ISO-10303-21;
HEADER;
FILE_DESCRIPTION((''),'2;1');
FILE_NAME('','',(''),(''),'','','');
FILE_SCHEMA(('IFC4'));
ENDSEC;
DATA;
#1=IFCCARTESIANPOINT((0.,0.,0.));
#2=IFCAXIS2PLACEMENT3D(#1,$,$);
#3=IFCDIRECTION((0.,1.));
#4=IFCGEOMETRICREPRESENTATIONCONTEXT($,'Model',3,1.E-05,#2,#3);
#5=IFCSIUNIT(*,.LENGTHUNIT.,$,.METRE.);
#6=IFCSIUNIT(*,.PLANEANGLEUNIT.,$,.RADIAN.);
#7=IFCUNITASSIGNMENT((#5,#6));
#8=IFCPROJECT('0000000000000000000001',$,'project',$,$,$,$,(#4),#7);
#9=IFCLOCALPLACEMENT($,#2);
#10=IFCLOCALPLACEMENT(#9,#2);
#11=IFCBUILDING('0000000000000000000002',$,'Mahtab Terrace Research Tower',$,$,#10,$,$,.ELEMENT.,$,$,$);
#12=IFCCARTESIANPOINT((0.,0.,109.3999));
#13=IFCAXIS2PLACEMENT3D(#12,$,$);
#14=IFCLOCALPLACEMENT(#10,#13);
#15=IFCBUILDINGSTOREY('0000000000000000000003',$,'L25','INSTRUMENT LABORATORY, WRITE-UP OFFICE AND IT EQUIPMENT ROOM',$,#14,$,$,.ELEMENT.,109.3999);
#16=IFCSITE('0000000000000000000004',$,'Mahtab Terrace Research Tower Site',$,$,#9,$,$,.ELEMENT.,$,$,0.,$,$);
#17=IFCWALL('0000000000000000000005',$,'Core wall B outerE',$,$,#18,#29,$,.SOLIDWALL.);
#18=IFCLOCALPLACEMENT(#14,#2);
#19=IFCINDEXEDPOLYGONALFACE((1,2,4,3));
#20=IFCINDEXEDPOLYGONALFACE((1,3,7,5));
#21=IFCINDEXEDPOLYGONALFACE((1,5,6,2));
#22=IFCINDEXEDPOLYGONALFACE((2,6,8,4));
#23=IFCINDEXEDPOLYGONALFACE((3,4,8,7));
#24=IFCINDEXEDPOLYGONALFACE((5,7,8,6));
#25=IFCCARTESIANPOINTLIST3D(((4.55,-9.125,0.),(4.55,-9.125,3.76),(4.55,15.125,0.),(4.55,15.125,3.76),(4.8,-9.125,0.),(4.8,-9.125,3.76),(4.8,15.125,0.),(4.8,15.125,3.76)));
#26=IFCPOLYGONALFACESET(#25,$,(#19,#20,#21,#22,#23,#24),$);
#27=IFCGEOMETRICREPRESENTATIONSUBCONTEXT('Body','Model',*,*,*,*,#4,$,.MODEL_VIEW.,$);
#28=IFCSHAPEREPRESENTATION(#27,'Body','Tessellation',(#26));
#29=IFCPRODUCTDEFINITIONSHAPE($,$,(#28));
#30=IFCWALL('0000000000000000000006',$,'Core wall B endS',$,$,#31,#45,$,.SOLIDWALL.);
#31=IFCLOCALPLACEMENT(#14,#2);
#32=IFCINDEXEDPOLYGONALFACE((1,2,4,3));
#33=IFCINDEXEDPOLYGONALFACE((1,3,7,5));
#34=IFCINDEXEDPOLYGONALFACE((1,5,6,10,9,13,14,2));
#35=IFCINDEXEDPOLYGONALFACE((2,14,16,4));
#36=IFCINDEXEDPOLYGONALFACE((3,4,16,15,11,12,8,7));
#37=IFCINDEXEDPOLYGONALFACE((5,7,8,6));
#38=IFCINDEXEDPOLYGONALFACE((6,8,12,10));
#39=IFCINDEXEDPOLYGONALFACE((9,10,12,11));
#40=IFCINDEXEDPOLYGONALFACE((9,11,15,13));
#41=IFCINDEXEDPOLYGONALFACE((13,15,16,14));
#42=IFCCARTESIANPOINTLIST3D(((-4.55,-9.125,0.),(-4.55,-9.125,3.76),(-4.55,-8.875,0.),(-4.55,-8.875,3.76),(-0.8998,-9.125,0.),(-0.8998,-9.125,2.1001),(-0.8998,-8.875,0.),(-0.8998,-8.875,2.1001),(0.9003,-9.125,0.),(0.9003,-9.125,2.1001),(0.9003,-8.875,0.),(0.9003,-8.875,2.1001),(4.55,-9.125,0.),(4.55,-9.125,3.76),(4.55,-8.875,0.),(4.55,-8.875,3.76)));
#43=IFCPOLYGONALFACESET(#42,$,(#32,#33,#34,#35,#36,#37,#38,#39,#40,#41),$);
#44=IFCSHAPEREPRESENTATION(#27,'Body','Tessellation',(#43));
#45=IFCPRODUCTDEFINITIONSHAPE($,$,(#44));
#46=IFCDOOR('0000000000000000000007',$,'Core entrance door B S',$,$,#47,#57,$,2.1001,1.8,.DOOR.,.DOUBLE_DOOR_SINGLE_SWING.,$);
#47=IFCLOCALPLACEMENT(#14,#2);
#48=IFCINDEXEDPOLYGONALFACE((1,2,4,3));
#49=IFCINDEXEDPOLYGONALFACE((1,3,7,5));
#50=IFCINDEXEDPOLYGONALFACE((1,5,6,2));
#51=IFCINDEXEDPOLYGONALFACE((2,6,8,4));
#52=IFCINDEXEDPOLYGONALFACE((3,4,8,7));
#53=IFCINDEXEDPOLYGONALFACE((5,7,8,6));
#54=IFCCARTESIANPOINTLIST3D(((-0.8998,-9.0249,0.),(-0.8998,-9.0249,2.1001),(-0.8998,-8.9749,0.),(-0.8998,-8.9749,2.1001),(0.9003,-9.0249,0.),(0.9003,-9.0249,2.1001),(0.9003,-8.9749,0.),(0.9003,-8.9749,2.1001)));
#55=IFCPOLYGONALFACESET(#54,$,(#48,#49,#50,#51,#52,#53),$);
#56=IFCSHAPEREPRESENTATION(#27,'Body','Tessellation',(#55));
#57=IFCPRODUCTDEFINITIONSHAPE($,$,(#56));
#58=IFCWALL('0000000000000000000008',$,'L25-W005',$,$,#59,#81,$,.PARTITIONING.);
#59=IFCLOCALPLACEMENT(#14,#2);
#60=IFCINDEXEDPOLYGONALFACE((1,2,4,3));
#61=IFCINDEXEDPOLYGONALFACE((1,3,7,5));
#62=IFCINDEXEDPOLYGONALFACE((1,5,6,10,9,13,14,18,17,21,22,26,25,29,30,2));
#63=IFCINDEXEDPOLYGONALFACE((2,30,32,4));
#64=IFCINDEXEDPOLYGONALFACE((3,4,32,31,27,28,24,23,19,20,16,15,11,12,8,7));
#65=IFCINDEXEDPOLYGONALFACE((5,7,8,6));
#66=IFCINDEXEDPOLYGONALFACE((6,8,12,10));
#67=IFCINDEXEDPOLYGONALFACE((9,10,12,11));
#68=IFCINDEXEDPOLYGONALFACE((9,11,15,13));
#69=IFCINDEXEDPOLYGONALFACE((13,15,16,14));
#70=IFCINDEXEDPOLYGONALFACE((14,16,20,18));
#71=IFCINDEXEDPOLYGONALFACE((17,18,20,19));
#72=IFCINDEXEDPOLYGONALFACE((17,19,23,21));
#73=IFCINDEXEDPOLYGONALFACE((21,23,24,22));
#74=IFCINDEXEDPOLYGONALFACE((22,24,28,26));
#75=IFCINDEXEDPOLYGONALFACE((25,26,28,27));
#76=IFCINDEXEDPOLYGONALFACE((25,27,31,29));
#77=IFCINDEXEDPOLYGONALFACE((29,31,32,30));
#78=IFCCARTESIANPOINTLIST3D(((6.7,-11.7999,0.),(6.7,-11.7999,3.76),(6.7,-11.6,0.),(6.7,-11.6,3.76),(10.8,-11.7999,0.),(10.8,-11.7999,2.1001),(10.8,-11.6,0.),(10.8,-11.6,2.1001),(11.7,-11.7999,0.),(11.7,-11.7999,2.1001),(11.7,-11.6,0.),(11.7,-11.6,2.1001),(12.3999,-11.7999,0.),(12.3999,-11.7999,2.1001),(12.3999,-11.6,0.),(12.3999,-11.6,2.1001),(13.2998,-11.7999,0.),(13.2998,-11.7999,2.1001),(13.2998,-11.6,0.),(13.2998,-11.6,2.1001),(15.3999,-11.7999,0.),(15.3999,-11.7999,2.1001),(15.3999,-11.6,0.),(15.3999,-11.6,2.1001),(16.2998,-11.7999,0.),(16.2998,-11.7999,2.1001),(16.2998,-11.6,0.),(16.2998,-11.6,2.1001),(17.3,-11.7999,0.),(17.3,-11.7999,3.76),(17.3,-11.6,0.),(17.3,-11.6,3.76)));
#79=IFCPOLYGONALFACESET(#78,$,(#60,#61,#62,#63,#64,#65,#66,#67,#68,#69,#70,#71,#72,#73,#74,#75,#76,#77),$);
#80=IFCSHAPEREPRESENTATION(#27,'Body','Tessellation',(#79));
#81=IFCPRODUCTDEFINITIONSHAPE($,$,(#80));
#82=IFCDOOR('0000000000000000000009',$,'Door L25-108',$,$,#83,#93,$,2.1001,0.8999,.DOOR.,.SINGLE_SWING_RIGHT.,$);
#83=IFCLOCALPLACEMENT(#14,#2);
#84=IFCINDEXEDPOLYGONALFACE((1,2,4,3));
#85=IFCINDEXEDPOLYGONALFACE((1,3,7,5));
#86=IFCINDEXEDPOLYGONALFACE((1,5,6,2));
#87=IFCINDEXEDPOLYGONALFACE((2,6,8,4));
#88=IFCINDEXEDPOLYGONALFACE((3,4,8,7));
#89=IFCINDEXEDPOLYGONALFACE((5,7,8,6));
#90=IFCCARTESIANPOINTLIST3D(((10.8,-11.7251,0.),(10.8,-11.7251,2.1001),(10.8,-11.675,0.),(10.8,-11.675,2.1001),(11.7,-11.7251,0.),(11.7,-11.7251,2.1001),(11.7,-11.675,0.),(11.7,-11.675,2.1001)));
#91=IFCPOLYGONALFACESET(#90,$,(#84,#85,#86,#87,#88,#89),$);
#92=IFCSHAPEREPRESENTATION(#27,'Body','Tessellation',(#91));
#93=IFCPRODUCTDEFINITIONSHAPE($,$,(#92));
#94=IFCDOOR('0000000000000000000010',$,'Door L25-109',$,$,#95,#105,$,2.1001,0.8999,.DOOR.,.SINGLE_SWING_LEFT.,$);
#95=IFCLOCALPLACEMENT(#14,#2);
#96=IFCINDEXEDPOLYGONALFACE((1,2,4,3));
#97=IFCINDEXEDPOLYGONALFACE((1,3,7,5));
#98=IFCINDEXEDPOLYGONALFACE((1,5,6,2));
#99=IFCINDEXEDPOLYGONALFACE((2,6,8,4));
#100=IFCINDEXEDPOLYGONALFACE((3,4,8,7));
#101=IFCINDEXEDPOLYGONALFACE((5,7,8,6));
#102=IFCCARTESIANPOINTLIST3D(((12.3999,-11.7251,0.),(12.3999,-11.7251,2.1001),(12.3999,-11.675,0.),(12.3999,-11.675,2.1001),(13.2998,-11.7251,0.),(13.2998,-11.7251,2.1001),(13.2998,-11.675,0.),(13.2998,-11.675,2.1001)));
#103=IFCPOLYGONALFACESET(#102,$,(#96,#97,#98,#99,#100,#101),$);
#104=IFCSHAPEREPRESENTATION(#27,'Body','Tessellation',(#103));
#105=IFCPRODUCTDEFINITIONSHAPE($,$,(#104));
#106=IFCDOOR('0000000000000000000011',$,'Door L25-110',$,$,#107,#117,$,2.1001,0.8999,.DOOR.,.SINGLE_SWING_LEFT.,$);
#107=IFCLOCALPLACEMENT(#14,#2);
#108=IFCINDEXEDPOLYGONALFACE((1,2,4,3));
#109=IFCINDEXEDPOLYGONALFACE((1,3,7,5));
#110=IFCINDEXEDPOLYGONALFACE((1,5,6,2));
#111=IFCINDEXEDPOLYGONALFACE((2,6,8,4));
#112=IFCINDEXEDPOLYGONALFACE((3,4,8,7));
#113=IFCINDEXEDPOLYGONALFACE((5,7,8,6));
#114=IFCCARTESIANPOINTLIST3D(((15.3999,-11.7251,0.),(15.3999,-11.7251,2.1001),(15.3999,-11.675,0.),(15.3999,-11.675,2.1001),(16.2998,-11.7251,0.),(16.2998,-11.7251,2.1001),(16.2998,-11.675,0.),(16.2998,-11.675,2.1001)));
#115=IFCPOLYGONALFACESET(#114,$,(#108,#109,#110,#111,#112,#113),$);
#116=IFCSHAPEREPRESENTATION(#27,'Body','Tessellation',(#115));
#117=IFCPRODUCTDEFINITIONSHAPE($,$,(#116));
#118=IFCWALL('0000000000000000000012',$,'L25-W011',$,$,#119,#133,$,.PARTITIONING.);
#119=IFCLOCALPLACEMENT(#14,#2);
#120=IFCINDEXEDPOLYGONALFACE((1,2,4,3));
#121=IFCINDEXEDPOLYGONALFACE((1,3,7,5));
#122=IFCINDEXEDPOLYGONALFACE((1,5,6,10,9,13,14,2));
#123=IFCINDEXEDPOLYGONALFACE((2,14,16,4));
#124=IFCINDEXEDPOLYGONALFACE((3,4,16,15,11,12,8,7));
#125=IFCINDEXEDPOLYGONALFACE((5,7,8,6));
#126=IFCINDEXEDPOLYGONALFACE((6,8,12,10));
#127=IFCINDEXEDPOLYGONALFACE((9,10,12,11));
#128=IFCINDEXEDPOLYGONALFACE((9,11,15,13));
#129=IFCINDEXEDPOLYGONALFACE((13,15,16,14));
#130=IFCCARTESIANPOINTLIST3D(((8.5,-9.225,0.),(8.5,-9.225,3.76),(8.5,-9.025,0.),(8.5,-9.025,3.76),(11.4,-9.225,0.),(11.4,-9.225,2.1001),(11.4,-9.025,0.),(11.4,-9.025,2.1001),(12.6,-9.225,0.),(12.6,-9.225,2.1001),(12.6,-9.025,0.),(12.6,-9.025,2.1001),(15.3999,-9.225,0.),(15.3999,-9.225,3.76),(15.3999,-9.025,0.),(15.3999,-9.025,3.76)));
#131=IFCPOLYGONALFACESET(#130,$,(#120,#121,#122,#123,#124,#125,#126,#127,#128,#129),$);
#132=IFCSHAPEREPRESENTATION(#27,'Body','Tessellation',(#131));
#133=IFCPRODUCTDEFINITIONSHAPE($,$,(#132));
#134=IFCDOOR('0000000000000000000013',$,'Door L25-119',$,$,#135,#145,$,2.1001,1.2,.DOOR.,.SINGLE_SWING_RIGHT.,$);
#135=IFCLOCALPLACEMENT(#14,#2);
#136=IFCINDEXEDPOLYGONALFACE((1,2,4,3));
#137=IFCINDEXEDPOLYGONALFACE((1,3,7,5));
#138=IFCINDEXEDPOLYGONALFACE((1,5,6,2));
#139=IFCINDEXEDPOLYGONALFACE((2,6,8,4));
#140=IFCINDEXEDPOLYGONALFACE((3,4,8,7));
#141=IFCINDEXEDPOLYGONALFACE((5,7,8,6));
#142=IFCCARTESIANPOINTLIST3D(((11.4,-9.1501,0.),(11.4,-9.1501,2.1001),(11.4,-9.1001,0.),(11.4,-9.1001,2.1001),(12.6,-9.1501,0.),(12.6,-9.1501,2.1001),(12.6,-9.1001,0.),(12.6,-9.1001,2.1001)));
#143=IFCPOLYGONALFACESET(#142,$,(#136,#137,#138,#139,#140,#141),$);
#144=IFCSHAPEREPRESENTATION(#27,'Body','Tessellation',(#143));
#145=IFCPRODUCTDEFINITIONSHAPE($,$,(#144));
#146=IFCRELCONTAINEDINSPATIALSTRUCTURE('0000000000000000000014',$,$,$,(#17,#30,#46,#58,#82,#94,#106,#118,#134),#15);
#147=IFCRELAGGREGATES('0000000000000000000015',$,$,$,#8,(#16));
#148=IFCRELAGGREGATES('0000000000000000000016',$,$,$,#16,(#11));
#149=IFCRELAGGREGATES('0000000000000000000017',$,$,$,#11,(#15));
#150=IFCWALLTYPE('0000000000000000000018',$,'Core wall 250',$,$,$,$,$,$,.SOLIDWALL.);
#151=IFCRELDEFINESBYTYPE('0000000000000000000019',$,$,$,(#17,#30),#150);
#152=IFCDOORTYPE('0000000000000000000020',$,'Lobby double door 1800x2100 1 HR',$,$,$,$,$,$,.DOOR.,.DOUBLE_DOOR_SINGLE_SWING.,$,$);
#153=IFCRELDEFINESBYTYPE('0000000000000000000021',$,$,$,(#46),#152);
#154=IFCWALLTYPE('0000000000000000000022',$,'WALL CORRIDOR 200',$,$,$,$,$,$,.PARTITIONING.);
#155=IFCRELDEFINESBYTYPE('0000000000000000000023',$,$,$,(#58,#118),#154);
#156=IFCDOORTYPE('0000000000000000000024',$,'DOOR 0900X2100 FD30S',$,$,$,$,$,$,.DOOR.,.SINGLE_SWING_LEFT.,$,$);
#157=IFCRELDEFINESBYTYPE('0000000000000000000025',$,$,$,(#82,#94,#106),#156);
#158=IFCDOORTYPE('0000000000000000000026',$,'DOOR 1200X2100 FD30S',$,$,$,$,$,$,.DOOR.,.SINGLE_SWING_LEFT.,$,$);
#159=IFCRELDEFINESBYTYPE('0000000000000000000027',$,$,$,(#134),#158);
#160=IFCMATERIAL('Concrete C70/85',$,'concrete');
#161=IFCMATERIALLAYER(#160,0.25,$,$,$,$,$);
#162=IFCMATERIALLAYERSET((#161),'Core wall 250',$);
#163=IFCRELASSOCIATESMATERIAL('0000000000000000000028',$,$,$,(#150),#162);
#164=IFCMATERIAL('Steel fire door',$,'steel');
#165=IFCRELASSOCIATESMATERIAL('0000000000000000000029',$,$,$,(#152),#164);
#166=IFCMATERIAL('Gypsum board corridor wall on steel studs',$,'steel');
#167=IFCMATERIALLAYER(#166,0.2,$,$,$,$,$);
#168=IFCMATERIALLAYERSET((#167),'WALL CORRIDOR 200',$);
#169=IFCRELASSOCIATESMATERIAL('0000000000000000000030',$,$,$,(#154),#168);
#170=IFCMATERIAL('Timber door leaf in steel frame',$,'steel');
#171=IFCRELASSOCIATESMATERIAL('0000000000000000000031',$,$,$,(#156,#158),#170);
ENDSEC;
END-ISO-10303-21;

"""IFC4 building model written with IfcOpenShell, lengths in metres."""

from ifc_helpers import new_model, si_unit, direction, frame, frame_2d, origin, place, context, subcontext, project, spatial, rectangle, extrude, material, layer, layer_set, type_object, element, fill, save


model = new_model("IFC4")

# Units and contexts
model_context = context("Model", 3, precision=1e-05, world=origin(), true_north=direction((0.0, 1.0)))
body_context = subcontext(model_context, "Body", "Model", "MODEL_VIEW")
ifc_project = project(units=[si_unit("LENGTHUNIT", "METRE"), si_unit("PLANEANGLEUNIT", "RADIAN")], contexts=[model_context])

# Site, building, storey
site_placement = place(None, origin())
site = spatial("IfcSite", under=ifc_project, at=site_placement, Name="Mahtab Terrace Research Tower Site", CompositionType="ELEMENT", RefElevation=0.0)
building_placement = place(site_placement, origin())
building = spatial("IfcBuilding", under=site, at=building_placement, Name="Mahtab Terrace Research Tower", CompositionType="ELEMENT")
storey_placement = place(building_placement, frame((0.0, 0.0, 109.3999)))
storey = spatial("IfcBuildingStorey", under=building, at=storey_placement, Name="L25", Description="INSTRUMENT LABORATORY, WRITE-UP OFFICE AND IT EQUIPMENT ROOM", CompositionType="ELEMENT", Elevation=109.3999)

# Shared definitions
ifc_material_1 = material(Name="Concrete C70/85", Category="concrete")

# Wall
ifc_layer_1 = layer(ifc_material_1, 0.25)
ifc_layer_set_1 = layer_set([ifc_layer_1], Name="Core wall 250")
wall_type_1 = type_object("IfcWallType", Name="Core wall 250", PredefinedType="SOLIDWALL", material=ifc_layer_set_1)
wall_1_placement = place(storey_placement, frame((4.675, -9.125, 0.0), z_axis=(0.0, 0.0, 1.0), x_axis=(0.0, 1.0, 0.0)))
element("IfcWall", 1, at=wall_1_placement, inside=storey, type_object=wall_type_1, Name="Core wall B outerE", PredefinedType="SOLIDWALL", context=body_context, shape_type="SweptSolid", body=[
    extrude(rectangle(XDim=24.25, YDim=0.25, at=frame_2d((12.125, 0.0))), origin(), (0.0, 0.0, 1.0), 3.76),
])

# Wall, opening, door
wall_2_placement = place(storey_placement, frame((4.55, -9.0, 0.0), z_axis=(0.0, 0.0, 1.0), x_axis=(-1.0, 0.0, 0.0)))
wall_2 = element("IfcWall", 2, at=wall_2_placement, inside=storey, type_object=wall_type_1, Name="Core wall B endS", PredefinedType="SOLIDWALL", context=body_context, shape_type="SweptSolid", body=[
    extrude(rectangle(XDim=9.1001, YDim=0.25, at=frame_2d((4.55, 0.0))), origin(), (0.0, 0.0, 1.0), 3.76),
])
opening_1_placement = place(wall_2_placement, frame((3.6499, 0.0, 0.0)))
opening_1 = element("IfcOpeningElement", 3, at=opening_1_placement, cuts=wall_2, PredefinedType="OPENING", context=body_context, shape_type="SweptSolid", body=[
    extrude(rectangle(XDim=1.8, YDim=2.1001, at=frame_2d((0.8999, 1.05))), frame((0.0, 0.135, 0.0), z_axis=(0.0, -1.0, 0.0), x_axis=(1.0, 0.0, 0.0)), (0.0, 0.0, 1.0), 0.27),
])
ifc_material_2 = material(Name="Steel fire door", Category="steel")
door_type_1 = type_object("IfcDoorType", Name="Lobby double door 1800x2100 1 HR", OperationType="DOUBLE_DOOR_SINGLE_SWING", PredefinedType="DOOR", material=ifc_material_2)
door_1_placement = place(opening_1_placement, origin())
door_1 = element("IfcDoor", 4, at=door_1_placement, inside=storey, type_object=door_type_1, Name="Core entrance door B S", OperationType="DOUBLE_DOOR_SINGLE_SWING", OverallHeight=2.1001, OverallWidth=1.8, PredefinedType="DOOR", context=body_context, shape_type="SweptSolid", body=[
    extrude(rectangle(XDim=1.8, YDim=2.1001, at=frame_2d((0.8999, 1.05))), frame((0.0, 0.0249, 0.0), z_axis=(0.0, -1.0, 0.0), x_axis=(1.0, 0.0, 0.0)), (0.0, 0.0, 1.0), 0.05),
])
fill(opening_1, door_1)

# Wall, openings, doors
ifc_material_3 = material(Name="Gypsum board corridor wall on steel studs", Category="steel")
ifc_layer_2 = layer(ifc_material_3, 0.2)
ifc_layer_set_2 = layer_set([ifc_layer_2], Name="WALL CORRIDOR 200")
wall_type_2 = type_object("IfcWallType", Name="WALL CORRIDOR 200", PredefinedType="PARTITIONING", material=ifc_layer_set_2)
wall_3_placement = place(storey_placement, frame((6.7, -11.7, 0.0), z_axis=(0.0, 0.0, 1.0), x_axis=(1.0, 0.0, 0.0)))
wall_3 = element("IfcWall", 5, at=wall_3_placement, inside=storey, type_object=wall_type_2, Name="L25-W005", PredefinedType="PARTITIONING", context=body_context, shape_type="SweptSolid", body=[
    extrude(rectangle(XDim=10.6001, YDim=0.2, at=frame_2d((5.3, 0.0))), origin(), (0.0, 0.0, 1.0), 3.76),
])
opening_2_placement = place(wall_3_placement, frame((4.1001, 0.0, 0.0)))
opening_2 = element("IfcOpeningElement", 6, at=opening_2_placement, cuts=wall_3, PredefinedType="OPENING", context=body_context, shape_type="SweptSolid", body=[
    extrude(rectangle(XDim=0.8999, YDim=2.1001, at=frame_2d((0.45, 1.05))), frame((0.0, 0.1099, 0.0), z_axis=(0.0, -1.0, 0.0), x_axis=(1.0, 0.0, 0.0)), (0.0, 0.0, 1.0), 0.22),
])
opening_3_placement = place(wall_3_placement, frame((5.7, 0.0, 0.0)))
opening_3 = element("IfcOpeningElement", 7, at=opening_3_placement, cuts=wall_3, PredefinedType="OPENING", context=body_context, shape_type="SweptSolid", body=[
    extrude(rectangle(XDim=0.8999, YDim=2.1001, at=frame_2d((0.45, 1.05))), frame((0.0, 0.1099, 0.0), z_axis=(0.0, -1.0, 0.0), x_axis=(1.0, 0.0, 0.0)), (0.0, 0.0, 1.0), 0.22),
])
opening_4_placement = place(wall_3_placement, frame((8.7, 0.0, 0.0)))
opening_4 = element("IfcOpeningElement", 8, at=opening_4_placement, cuts=wall_3, PredefinedType="OPENING", context=body_context, shape_type="SweptSolid", body=[
    extrude(rectangle(XDim=0.8999, YDim=2.1001, at=frame_2d((0.45, 1.05))), frame((0.0, 0.1099, 0.0), z_axis=(0.0, -1.0, 0.0), x_axis=(1.0, 0.0, 0.0)), (0.0, 0.0, 1.0), 0.22),
])
ifc_material_4 = material(Name="Timber door leaf in steel frame", Category="steel")
door_type_2 = type_object("IfcDoorType", Name="DOOR 0900X2100 FD30S", OperationType="SINGLE_SWING_LEFT", PredefinedType="DOOR", material=ifc_material_4)
door_2_placement = place(opening_2_placement, origin())
door_2 = element("IfcDoor", 9, at=door_2_placement, inside=storey, type_object=door_type_2, Name="Door L25-108", OperationType="SINGLE_SWING_RIGHT", OverallHeight=2.1001, OverallWidth=0.8999, PredefinedType="DOOR", context=body_context, shape_type="SweptSolid", body=[
    extrude(rectangle(XDim=0.8999, YDim=2.1001, at=frame_2d((0.45, 1.05))), frame((0.0, 0.0249, 0.0), z_axis=(0.0, -1.0, 0.0), x_axis=(1.0, 0.0, 0.0)), (0.0, 0.0, 1.0), 0.05),
])
fill(opening_2, door_2)
door_3_placement = place(opening_3_placement, origin())
door_3 = element("IfcDoor", 10, at=door_3_placement, inside=storey, type_object=door_type_2, Name="Door L25-109", OperationType="SINGLE_SWING_LEFT", OverallHeight=2.1001, OverallWidth=0.8999, PredefinedType="DOOR", context=body_context, shape_type="SweptSolid", body=[
    extrude(rectangle(XDim=0.8999, YDim=2.1001, at=frame_2d((0.45, 1.05))), frame((0.0, 0.0249, 0.0), z_axis=(0.0, -1.0, 0.0), x_axis=(1.0, 0.0, 0.0)), (0.0, 0.0, 1.0), 0.05),
])
fill(opening_3, door_3)
door_4_placement = place(opening_4_placement, origin())
door_4 = element("IfcDoor", 11, at=door_4_placement, inside=storey, type_object=door_type_2, Name="Door L25-110", OperationType="SINGLE_SWING_LEFT", OverallHeight=2.1001, OverallWidth=0.8999, PredefinedType="DOOR", context=body_context, shape_type="SweptSolid", body=[
    extrude(rectangle(XDim=0.8999, YDim=2.1001, at=frame_2d((0.45, 1.05))), frame((0.0, 0.0249, 0.0), z_axis=(0.0, -1.0, 0.0), x_axis=(1.0, 0.0, 0.0)), (0.0, 0.0, 1.0), 0.05),
])
fill(opening_4, door_4)

# Wall, opening, door
wall_4_placement = place(storey_placement, frame((8.5, -9.125, 0.0), z_axis=(0.0, 0.0, 1.0), x_axis=(1.0, 0.0, 0.0)))
wall_4 = element("IfcWall", 12, at=wall_4_placement, inside=storey, type_object=wall_type_2, Name="L25-W011", PredefinedType="PARTITIONING", context=body_context, shape_type="SweptSolid", body=[
    extrude(rectangle(XDim=6.8999, YDim=0.2, at=frame_2d((3.45, 0.0))), origin(), (0.0, 0.0, 1.0), 3.76),
])
opening_5_placement = place(wall_4_placement, frame((2.8999, 0.0, 0.0)))
opening_5 = element("IfcOpeningElement", 13, at=opening_5_placement, cuts=wall_4, PredefinedType="OPENING", context=body_context, shape_type="SweptSolid", body=[
    extrude(rectangle(XDim=1.2, YDim=2.1001, at=frame_2d((0.6001, 1.05))), frame((0.0, 0.1099, 0.0), z_axis=(0.0, -1.0, 0.0), x_axis=(1.0, 0.0, 0.0)), (0.0, 0.0, 1.0), 0.22),
])
door_type_3 = type_object("IfcDoorType", Name="DOOR 1200X2100 FD30S", OperationType="SINGLE_SWING_LEFT", PredefinedType="DOOR", material=ifc_material_4)
door_5_placement = place(opening_5_placement, origin())
door_5 = element("IfcDoor", 14, at=door_5_placement, inside=storey, type_object=door_type_3, Name="Door L25-119", OperationType="SINGLE_SWING_RIGHT", OverallHeight=2.1001, OverallWidth=1.2, PredefinedType="DOOR", context=body_context, shape_type="SweptSolid", body=[
    extrude(rectangle(XDim=1.2, YDim=2.1001, at=frame_2d((0.6001, 1.05))), frame((0.0, 0.0249, 0.0), z_axis=(0.0, -1.0, 0.0), x_axis=(1.0, 0.0, 0.0)), (0.0, 0.0, 1.0), 0.05),
])
fill(opening_5, door_5)

save(model, "model.ifc")
